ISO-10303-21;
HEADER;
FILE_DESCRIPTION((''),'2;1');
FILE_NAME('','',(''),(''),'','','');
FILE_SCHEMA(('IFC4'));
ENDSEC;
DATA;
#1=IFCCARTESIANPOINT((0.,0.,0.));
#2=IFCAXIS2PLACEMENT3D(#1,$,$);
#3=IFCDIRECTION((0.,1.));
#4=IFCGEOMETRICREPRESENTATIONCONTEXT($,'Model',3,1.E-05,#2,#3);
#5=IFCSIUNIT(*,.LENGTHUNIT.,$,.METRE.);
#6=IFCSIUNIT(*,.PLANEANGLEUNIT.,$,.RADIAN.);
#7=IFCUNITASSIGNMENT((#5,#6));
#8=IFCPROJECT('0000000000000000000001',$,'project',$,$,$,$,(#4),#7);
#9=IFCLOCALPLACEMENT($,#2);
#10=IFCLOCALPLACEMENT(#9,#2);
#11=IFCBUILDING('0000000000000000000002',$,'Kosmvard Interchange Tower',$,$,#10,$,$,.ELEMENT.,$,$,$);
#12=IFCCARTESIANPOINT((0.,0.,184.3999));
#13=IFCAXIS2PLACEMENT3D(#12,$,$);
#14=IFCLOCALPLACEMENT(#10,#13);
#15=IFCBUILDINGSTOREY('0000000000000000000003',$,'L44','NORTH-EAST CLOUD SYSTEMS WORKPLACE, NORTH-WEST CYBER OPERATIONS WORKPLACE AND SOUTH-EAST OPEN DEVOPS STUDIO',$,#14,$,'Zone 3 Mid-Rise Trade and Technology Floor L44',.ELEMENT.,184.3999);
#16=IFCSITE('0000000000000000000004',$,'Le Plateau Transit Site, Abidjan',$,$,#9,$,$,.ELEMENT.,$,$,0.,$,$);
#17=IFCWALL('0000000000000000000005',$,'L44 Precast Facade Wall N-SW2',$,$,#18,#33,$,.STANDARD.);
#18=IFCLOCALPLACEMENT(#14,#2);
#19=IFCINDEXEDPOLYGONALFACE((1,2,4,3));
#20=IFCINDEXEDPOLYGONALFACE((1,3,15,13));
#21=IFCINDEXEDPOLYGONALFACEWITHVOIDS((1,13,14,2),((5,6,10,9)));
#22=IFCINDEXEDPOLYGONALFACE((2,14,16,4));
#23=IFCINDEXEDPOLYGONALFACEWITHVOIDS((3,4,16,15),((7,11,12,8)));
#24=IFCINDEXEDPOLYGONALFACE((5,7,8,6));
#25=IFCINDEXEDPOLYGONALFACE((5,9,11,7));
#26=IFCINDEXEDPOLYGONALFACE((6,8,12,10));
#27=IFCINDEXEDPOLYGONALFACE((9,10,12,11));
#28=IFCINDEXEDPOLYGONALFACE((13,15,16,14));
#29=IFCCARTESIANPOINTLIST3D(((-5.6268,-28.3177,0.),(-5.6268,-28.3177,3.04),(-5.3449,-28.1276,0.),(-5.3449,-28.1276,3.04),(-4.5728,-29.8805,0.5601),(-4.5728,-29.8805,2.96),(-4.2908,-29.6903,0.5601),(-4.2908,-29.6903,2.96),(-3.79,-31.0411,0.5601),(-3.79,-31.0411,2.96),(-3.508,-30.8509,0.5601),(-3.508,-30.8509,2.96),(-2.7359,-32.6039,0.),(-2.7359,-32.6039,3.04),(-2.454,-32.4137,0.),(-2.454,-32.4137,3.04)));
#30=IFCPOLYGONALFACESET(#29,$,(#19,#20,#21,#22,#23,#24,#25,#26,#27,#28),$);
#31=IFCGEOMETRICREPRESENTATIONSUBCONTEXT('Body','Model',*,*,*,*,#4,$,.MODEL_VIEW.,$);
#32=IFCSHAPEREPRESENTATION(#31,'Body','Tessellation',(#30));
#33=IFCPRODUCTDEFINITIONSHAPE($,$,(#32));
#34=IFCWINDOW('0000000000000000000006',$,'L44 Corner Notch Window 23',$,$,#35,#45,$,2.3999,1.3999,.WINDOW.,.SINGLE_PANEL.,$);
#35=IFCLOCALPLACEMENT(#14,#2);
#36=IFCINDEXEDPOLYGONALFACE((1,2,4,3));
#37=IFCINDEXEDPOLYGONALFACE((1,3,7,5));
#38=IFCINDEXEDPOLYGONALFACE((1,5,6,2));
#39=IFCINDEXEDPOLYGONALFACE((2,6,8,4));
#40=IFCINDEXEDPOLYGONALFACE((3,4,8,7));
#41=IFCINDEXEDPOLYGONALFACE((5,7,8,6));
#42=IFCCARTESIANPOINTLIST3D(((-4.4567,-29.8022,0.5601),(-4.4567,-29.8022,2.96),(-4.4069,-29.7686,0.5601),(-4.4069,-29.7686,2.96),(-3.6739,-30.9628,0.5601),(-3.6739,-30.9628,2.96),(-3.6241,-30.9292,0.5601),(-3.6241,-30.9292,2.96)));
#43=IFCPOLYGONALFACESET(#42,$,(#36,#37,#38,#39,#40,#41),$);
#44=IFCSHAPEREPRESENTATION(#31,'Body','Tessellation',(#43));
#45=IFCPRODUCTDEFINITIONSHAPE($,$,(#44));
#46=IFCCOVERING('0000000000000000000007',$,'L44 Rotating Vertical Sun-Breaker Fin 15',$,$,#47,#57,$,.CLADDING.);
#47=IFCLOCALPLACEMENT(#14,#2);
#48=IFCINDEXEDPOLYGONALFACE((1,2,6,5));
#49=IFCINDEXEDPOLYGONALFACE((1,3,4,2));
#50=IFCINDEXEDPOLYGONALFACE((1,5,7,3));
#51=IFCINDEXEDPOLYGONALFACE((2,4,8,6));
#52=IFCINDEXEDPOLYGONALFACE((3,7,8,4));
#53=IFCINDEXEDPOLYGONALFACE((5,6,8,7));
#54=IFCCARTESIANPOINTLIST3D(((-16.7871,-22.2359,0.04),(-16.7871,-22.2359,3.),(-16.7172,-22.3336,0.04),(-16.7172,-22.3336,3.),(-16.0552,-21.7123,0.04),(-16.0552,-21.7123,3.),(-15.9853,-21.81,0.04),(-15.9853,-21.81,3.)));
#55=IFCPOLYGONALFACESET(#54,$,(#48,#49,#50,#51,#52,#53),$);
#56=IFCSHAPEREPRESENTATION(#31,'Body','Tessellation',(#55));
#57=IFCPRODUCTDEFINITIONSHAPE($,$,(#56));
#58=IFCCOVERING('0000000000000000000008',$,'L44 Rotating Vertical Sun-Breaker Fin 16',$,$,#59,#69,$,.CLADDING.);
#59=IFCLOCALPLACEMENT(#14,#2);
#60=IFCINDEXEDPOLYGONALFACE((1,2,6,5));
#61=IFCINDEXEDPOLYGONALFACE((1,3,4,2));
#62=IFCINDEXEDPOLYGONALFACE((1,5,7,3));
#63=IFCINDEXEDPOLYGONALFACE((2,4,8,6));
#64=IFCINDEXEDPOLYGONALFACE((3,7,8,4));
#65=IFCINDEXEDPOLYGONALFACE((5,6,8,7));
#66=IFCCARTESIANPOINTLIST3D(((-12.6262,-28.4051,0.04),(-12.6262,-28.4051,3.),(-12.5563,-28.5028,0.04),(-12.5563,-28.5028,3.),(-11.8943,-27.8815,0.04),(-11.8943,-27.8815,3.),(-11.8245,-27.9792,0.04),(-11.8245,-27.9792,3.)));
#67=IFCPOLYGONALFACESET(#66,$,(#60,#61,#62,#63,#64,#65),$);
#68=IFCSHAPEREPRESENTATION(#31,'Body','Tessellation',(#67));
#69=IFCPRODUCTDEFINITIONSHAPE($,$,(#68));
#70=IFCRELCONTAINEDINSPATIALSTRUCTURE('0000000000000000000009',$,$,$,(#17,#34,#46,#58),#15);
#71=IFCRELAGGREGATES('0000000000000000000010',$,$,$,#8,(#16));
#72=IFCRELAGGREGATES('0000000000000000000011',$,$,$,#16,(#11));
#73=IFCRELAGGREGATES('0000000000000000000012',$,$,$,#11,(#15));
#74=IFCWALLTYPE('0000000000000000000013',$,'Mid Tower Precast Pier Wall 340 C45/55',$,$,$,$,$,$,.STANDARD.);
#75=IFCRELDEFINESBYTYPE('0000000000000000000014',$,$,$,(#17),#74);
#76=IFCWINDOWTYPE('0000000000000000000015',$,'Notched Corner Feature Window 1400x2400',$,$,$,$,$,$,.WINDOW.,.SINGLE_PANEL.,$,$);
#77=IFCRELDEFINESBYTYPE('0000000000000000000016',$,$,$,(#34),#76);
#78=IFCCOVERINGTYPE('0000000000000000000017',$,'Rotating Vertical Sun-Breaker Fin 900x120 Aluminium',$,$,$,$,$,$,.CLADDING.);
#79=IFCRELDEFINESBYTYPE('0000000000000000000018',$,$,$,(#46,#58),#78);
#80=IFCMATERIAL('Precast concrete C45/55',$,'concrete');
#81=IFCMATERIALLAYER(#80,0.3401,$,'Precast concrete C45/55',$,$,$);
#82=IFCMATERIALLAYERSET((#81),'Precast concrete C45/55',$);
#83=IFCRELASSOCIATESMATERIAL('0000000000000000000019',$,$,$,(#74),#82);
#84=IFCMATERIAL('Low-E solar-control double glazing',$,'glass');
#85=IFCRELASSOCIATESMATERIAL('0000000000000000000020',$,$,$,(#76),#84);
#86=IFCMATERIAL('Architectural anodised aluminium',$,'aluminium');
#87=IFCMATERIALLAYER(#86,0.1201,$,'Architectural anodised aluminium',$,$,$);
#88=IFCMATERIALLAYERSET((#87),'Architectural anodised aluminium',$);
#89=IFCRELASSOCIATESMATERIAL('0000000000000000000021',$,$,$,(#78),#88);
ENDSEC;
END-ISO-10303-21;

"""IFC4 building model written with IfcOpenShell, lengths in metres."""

from ifc_helpers import new_model, si_unit, direction, frame, frame_2d, origin, origin_2d, place, context, subcontext, project, spatial, rectangle, extrude, source, transform, mapped, material, layer, layer_set, type_object, element, fill, save


model = new_model("IFC4")

# Units and contexts
model_context = context("Model", 3, precision=1e-05, world=origin(), true_north=direction((0.0, 1.0)))
body_context = subcontext(model_context, "Body", "Model", "MODEL_VIEW")
ifc_project = project(units=[si_unit("LENGTHUNIT", "METRE"), si_unit("PLANEANGLEUNIT", "RADIAN")], contexts=[model_context])

# Site, building, storey
site_placement = place(None, origin())
site = spatial("IfcSite", under=ifc_project, at=site_placement, Name="Le Plateau Transit Site, Abidjan", CompositionType="ELEMENT", RefElevation=0.0)
building_placement = place(site_placement, origin())
building = spatial("IfcBuilding", under=site, at=building_placement, Name="Kosmvard Interchange Tower", CompositionType="ELEMENT")
storey_placement = place(building_placement, frame((0.0, 0.0, 184.3999)))
storey = spatial("IfcBuildingStorey", under=building, at=storey_placement, Name="L44", Description="NORTH-EAST CLOUD SYSTEMS WORKPLACE, NORTH-WEST CYBER OPERATIONS WORKPLACE AND SOUTH-EAST OPEN DEVOPS STUDIO", LongName="Zone 3 Mid-Rise Trade and Technology Floor L44", CompositionType="ELEMENT", Elevation=184.3999)

# Shared definitions
ifc_material_1 = material(Name="Precast concrete C45/55", Category="concrete")

# Shared definitions
ifc_layer_1 = layer(ifc_material_1, 0.3401, Name="Precast concrete C45/55")
ifc_layer_set_1 = layer_set([ifc_layer_1], Name="Precast concrete C45/55")
wall_type = type_object("IfcWallType", Name="Mid Tower Precast Pier Wall 340 C45/55", PredefinedType="STANDARD", material=ifc_layer_set_1)
ifc_material_2 = material(Name="Low-E solar-control double glazing", Category="glass")
window_type_1 = type_object("IfcWindowType", Name="Notched Corner Feature Window 1400x2400", PartitioningType="SINGLE_PANEL", PredefinedType="WINDOW", material=ifc_material_2)
shared_shape_1 = source(origin(), body_context, "Body", "SweptSolid", [
    extrude(rectangle(XDim=1.3999, YDim=2.3999, at=frame_2d((0.7, 1.2))), frame((0.0, 0.03, 0.0), z_axis=(0.0, -1.0, 0.0), x_axis=(1.0, 0.0, 0.0)), (0.0, 0.0, 1.0), 0.0601),
])

# Wall, opening, window
wall_1_placement = place(storey_placement, frame((-5.4858, -28.2227, 0.0), z_axis=(0.0, 0.0, 1.0), x_axis=(0.559171, -0.829052, 0.0)))
wall_1 = element("IfcWall", 1, at=wall_1_placement, inside=storey, type_object=wall_type, Name="L44 Precast Facade Wall N-SW2", PredefinedType="STANDARD", context=body_context, shape_type="SweptSolid", body=[
    extrude(rectangle(XDim=5.1699, YDim=0.3401, at=frame_2d((2.585, 0.0))), origin(), (0.0, 0.0, 1.0), 3.04),
])
opening_1_placement = place(wall_1_placement, frame((1.885, 0.0, 0.5601)))
opening_1 = element("IfcOpeningElement", 2, at=opening_1_placement, cuts=wall_1, PredefinedType="OPENING", context=body_context, shape_type="SweptSolid", body=[
    extrude(rectangle(XDim=1.3999, YDim=2.3999, at=frame_2d((0.7, 1.2))), frame((0.0, 0.1802, 0.0), z_axis=(0.0, -1.0, 0.0), x_axis=(1.0, 0.0, 0.0)), (0.0, 0.0, 1.0), 0.3601),
])
window_1_placement = place(opening_1_placement, origin())
window_1 = element("IfcWindow", 3, at=window_1_placement, inside=storey, type_object=window_type_1, Name="L44 Corner Notch Window 23", OverallHeight=2.3999, OverallWidth=1.3999, PartitioningType="SINGLE_PANEL", PredefinedType="WINDOW", context=body_context, shape_type="MappedRepresentation", body=[
    mapped(shared_shape_1, transform((0.0, 0.0, 0.0), scale=1.0)),
])
fill(opening_1, window_1)

# Coverings
ifc_material_3 = material(Name="Architectural anodised aluminium", Category="aluminium")
ifc_layer_2 = layer(ifc_material_3, 0.1201, Name="Architectural anodised aluminium")
ifc_layer_set_2 = layer_set([ifc_layer_2], Name="Architectural anodised aluminium")
covering_type = type_object("IfcCoveringType", Name="Rotating Vertical Sun-Breaker Fin 900x120 Aluminium", PredefinedType="CLADDING", material=ifc_layer_set_2)
shared_shape_2 = source(origin(), body_context, "Body", "SweptSolid", [
    extrude(rectangle(XDim=0.8999, YDim=0.1201, at=origin_2d()), origin(), (0.0, 0.0, 1.0), 2.96),
])
for number, where, z_axis, x_axis, name in (
    (4, (-16.3862, -22.0229, 0.04), (0.0, 0.0, 1.0), (-0.813304, -0.581839, 0.0), "L44 Rotating Vertical Sun-Breaker Fin 15"),
    (5, (-12.2253, -28.1921, 0.04), (0.0, 0.0, 1.0), (-0.813304, -0.581839, 0.0), "L44 Rotating Vertical Sun-Breaker Fin 16"),
):
    element("IfcCovering", number, at=place(storey_placement, frame(where, z_axis=z_axis, x_axis=x_axis)), inside=storey, type_object=covering_type, Name=name, PredefinedType="CLADDING", context=body_context, shape_type="MappedRepresentation", body=[
        mapped(shared_shape_2, transform((0.0, 0.0, 0.0), scale=1.0)),
    ])

save(model, "model.ifc")
